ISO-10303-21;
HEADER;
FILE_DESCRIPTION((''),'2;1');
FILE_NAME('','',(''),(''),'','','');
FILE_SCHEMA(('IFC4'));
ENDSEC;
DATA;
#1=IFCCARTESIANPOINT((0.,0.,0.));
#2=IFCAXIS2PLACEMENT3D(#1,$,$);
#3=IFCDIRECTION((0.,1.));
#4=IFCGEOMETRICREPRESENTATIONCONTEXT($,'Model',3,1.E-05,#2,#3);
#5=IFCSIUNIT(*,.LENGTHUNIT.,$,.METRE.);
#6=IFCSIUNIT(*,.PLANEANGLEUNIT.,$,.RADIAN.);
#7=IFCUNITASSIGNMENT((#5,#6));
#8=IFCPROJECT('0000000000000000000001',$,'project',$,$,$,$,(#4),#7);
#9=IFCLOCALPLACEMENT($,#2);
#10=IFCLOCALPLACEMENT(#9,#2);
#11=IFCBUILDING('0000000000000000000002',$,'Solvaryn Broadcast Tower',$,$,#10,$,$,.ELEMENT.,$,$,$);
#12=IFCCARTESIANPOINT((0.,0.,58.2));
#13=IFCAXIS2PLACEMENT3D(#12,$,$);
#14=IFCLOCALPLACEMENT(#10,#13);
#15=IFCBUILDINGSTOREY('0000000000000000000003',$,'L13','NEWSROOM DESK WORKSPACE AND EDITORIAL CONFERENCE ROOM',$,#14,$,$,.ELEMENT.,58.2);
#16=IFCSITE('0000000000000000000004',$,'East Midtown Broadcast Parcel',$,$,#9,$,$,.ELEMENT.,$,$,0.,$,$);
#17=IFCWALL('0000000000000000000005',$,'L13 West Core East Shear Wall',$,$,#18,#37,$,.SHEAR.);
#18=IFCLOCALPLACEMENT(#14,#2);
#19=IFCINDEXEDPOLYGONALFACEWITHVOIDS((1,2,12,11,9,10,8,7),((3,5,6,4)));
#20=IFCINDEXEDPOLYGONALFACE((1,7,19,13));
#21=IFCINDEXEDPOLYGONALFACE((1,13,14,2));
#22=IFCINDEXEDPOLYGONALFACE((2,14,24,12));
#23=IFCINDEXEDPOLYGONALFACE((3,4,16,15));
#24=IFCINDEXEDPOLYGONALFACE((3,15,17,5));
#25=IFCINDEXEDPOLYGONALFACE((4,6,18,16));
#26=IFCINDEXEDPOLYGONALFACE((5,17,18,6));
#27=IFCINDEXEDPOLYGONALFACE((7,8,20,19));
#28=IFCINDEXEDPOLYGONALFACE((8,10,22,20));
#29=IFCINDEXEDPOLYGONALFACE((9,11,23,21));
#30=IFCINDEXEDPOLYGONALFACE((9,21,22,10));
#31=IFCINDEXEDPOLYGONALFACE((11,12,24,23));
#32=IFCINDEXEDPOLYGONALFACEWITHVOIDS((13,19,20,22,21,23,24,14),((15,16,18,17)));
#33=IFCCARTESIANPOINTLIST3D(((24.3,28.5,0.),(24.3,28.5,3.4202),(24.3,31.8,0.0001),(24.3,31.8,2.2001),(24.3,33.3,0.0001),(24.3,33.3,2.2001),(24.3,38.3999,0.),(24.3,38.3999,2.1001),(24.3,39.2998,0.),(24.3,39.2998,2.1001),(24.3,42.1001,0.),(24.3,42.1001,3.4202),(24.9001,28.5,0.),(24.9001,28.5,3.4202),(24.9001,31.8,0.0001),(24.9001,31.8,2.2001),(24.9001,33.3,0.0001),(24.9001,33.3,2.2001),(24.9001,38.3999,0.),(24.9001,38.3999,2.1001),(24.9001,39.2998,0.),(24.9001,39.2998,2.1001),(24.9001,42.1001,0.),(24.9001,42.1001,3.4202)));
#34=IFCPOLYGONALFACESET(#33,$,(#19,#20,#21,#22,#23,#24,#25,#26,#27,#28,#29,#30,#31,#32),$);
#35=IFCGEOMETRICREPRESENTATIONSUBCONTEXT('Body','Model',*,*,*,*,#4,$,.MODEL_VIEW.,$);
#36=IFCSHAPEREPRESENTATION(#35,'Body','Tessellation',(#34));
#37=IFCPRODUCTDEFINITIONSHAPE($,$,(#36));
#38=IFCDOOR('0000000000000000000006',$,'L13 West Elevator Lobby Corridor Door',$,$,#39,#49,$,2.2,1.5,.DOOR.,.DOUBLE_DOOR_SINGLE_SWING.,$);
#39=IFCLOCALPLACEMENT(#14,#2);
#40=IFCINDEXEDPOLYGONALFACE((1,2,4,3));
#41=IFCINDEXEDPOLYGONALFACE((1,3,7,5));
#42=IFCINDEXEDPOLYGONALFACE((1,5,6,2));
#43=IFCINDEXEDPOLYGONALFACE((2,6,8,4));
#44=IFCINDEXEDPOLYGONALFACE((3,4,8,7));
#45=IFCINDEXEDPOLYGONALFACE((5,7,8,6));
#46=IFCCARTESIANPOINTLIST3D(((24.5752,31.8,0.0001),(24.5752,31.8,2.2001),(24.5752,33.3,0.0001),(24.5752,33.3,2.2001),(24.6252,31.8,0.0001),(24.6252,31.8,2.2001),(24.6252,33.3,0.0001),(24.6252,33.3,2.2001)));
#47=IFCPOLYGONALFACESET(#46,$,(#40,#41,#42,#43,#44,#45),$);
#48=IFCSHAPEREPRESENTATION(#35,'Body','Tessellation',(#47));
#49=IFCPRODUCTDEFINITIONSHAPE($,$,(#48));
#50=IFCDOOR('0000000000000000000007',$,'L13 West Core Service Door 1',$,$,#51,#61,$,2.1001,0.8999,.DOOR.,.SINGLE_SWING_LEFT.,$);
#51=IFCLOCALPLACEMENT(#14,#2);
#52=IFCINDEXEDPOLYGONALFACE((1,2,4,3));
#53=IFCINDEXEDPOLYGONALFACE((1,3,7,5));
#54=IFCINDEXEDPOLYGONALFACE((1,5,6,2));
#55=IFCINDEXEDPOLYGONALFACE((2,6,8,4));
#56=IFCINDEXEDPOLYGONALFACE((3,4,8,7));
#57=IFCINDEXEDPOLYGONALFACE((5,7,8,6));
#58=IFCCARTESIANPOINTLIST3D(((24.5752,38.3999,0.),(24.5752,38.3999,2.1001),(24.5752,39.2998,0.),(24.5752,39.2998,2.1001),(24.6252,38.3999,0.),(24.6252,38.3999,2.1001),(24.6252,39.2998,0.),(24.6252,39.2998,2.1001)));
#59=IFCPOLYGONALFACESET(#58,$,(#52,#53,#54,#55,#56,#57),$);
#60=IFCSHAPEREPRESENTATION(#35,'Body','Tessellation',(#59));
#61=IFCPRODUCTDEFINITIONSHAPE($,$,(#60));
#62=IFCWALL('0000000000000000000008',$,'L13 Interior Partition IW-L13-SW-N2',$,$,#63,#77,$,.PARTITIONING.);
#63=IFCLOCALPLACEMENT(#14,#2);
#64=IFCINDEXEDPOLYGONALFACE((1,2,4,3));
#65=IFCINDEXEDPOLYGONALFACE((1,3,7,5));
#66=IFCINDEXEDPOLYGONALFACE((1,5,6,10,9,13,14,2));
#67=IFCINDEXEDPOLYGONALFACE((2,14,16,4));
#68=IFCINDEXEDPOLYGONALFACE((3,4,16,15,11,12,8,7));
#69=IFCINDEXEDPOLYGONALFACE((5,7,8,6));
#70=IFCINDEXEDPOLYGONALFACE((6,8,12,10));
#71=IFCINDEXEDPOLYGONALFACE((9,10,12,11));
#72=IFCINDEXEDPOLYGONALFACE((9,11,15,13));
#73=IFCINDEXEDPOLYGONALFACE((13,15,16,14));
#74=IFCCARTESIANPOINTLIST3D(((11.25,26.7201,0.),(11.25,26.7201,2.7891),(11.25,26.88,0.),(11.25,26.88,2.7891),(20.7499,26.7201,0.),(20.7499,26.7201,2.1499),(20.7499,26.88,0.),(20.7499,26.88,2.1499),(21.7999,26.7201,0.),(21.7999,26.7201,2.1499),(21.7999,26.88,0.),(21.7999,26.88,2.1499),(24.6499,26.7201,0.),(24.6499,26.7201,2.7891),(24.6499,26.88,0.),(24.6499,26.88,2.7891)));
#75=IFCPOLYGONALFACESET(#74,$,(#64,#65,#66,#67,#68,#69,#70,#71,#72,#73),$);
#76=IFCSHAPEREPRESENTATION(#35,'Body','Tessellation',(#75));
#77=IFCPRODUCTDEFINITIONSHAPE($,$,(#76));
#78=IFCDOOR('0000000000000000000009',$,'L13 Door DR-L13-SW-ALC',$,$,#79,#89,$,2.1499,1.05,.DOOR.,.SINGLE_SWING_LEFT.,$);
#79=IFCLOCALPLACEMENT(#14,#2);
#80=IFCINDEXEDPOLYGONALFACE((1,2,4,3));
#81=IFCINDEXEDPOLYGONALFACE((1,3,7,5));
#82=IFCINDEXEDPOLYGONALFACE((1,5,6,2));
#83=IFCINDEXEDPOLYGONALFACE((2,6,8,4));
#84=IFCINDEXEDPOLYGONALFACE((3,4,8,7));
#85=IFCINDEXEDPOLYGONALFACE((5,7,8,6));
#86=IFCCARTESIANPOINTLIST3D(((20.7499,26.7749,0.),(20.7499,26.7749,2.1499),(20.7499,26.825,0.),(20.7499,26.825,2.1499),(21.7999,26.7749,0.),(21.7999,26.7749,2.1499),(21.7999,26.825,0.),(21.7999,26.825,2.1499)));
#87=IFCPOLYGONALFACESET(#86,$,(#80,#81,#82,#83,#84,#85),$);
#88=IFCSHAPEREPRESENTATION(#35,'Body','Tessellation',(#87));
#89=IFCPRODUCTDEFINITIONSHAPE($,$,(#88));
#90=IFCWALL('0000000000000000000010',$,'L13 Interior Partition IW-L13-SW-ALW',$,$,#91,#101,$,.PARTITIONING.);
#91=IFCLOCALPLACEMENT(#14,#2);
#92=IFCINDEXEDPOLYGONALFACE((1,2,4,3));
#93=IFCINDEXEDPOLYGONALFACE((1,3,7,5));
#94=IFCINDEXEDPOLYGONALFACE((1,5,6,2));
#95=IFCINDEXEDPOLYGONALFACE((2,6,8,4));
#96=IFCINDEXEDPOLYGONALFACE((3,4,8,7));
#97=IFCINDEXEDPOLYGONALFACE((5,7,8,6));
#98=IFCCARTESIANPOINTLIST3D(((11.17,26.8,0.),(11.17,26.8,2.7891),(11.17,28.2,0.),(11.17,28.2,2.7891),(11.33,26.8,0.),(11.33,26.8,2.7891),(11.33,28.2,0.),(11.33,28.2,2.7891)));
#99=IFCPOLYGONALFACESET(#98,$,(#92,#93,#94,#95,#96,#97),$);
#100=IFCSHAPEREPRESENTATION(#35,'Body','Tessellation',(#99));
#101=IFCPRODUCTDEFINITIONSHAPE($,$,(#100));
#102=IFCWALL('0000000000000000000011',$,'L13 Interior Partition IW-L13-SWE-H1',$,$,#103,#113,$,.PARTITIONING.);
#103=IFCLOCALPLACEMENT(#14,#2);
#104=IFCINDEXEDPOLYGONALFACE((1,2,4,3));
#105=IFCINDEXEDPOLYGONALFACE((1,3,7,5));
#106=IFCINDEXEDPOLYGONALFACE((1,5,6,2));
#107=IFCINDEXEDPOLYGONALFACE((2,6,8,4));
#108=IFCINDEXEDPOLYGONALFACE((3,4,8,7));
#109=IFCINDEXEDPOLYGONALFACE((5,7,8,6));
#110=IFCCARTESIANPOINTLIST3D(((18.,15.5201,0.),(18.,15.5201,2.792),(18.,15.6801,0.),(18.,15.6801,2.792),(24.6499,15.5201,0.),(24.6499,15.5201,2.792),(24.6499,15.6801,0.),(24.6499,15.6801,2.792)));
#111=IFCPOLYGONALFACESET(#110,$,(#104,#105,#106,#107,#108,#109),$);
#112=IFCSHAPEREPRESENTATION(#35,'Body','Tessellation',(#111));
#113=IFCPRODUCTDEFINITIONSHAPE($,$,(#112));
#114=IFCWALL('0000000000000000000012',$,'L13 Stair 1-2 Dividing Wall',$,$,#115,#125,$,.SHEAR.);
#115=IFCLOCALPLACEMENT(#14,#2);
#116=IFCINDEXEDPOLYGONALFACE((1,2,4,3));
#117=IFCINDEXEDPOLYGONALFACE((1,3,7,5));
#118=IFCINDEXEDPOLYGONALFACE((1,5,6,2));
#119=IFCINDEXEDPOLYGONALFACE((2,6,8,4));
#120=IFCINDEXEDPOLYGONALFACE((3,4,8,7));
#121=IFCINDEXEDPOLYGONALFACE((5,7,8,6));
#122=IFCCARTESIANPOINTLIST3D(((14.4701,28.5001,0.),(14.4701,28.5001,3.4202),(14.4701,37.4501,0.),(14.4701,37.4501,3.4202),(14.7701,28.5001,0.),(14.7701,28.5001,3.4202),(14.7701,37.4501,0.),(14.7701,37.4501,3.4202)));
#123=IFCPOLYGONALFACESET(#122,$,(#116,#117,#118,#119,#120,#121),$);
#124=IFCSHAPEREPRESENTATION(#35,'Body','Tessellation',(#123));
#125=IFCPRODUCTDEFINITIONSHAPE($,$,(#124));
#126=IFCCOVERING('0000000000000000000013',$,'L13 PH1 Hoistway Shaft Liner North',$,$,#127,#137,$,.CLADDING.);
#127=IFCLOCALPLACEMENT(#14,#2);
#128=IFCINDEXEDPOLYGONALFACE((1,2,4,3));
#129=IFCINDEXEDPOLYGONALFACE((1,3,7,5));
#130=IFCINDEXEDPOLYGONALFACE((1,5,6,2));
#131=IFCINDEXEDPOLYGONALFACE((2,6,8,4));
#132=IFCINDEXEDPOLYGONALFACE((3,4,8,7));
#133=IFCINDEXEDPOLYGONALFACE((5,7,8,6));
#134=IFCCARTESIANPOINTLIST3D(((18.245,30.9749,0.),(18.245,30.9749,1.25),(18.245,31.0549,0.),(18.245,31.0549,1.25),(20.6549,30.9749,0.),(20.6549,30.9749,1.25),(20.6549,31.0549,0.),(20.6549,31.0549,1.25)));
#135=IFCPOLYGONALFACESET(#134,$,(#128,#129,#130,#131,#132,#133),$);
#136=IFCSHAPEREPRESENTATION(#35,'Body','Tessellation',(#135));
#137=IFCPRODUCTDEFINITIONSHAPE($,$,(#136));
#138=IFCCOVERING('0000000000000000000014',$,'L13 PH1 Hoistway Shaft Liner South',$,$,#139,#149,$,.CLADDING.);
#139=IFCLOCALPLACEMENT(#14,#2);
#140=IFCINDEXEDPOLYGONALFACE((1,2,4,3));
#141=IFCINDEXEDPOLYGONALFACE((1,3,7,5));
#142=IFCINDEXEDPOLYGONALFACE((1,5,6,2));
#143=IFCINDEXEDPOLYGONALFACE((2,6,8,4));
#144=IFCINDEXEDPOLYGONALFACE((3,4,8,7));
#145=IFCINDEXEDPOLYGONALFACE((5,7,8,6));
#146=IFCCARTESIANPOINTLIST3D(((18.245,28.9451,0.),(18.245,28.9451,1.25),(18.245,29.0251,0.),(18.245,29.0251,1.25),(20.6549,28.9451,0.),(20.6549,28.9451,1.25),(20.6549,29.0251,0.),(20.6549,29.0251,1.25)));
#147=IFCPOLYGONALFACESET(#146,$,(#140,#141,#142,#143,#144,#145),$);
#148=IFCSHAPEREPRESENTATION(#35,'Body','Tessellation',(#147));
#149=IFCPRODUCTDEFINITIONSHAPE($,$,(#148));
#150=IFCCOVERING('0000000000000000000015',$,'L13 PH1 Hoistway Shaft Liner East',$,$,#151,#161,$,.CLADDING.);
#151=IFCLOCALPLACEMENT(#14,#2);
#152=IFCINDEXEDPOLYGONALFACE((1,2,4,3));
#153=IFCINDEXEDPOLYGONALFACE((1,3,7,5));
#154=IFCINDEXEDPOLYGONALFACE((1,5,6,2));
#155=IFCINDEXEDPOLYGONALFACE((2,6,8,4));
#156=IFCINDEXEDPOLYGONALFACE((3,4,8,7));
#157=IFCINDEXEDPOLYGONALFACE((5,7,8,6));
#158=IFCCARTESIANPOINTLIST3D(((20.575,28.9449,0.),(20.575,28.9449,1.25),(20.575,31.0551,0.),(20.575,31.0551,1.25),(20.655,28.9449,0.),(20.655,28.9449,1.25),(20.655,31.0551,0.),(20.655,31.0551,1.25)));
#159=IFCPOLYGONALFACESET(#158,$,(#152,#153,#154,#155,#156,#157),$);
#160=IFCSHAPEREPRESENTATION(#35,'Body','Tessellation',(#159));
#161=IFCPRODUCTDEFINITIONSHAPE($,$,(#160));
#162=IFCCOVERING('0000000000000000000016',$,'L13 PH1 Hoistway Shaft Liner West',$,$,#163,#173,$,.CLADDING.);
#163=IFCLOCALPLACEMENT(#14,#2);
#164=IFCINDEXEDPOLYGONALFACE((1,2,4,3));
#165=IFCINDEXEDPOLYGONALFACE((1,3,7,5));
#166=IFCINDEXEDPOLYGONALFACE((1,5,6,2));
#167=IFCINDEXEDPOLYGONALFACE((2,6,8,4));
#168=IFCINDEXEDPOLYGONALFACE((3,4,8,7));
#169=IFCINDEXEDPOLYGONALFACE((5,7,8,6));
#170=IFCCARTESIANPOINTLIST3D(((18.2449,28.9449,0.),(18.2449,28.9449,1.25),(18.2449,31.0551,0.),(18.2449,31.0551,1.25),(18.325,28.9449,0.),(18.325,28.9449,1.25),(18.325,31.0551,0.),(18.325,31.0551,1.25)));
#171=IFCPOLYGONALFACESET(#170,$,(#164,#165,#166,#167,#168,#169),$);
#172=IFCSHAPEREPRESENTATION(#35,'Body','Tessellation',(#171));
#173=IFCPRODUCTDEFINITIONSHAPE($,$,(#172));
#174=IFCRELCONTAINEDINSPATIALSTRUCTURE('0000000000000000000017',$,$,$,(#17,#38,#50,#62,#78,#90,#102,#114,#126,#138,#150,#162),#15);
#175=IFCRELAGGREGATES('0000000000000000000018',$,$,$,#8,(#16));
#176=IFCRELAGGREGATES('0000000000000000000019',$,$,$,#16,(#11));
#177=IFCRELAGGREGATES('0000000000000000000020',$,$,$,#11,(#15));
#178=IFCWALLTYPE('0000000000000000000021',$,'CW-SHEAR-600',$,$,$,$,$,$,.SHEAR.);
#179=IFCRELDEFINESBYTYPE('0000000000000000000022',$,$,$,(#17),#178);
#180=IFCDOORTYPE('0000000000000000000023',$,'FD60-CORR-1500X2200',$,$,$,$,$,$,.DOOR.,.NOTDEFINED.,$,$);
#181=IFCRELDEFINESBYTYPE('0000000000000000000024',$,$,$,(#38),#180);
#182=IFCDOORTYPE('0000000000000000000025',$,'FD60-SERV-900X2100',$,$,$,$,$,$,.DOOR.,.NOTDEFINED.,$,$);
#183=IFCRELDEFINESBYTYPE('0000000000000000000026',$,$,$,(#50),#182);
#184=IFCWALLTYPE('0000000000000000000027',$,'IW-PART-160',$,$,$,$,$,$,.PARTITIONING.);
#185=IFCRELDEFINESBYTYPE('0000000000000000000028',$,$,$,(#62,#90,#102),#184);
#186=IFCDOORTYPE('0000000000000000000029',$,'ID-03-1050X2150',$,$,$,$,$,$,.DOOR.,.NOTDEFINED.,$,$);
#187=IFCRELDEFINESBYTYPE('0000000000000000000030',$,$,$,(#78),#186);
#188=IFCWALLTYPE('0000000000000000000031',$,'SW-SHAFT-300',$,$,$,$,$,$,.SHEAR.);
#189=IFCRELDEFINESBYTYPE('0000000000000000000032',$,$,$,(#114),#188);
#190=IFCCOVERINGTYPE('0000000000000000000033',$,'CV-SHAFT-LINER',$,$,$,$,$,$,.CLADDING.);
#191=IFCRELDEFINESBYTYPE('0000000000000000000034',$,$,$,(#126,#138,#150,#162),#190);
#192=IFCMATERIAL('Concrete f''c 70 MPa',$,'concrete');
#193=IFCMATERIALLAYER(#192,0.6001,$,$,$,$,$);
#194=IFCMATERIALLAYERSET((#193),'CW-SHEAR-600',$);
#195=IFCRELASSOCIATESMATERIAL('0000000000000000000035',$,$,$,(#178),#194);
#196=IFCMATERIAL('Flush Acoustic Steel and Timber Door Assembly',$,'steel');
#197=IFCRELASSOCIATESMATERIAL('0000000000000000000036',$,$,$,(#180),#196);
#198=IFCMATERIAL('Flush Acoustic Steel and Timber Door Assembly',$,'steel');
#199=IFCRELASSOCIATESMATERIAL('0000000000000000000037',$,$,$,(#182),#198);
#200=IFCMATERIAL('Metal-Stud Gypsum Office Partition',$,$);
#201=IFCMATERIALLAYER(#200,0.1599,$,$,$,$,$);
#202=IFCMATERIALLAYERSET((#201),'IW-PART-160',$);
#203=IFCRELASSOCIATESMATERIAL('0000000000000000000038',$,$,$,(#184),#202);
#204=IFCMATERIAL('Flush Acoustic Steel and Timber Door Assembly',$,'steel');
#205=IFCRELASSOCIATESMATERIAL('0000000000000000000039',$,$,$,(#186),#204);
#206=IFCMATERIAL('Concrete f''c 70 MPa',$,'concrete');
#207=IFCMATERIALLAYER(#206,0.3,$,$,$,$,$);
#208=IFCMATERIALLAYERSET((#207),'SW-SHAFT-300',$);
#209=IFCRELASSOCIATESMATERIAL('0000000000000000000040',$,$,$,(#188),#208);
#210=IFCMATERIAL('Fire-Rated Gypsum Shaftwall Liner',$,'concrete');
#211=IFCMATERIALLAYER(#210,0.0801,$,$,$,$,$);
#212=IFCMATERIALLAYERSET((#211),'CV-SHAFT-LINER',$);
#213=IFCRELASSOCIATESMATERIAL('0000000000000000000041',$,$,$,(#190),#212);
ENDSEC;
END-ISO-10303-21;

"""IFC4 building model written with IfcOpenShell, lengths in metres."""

from ifc_helpers import new_model, si_unit, direction, frame, frame_2d, origin, origin_2d, place, context, subcontext, project, spatial, rectangle, extrude, material, layer, layer_set, type_object, element, fill, save


model = new_model("IFC4")

# Units and contexts
model_context = context("Model", 3, precision=1e-05, world=origin(), true_north=direction((0.0, 1.0)))
body_context = subcontext(model_context, "Body", "Model", "MODEL_VIEW")
ifc_project = project(units=[si_unit("LENGTHUNIT", "METRE"), si_unit("PLANEANGLEUNIT", "RADIAN")], contexts=[model_context])

# Site, building, storey
site_placement = place(None, origin())
site = spatial("IfcSite", under=ifc_project, at=site_placement, Name="East Midtown Broadcast Parcel", CompositionType="ELEMENT", RefElevation=0.0)
building_placement = place(site_placement, origin())
building = spatial("IfcBuilding", under=site, at=building_placement, Name="Solvaryn Broadcast Tower", CompositionType="ELEMENT")
storey_placement = place(building_placement, frame((0.0, 0.0, 58.2)))
storey = spatial("IfcBuildingStorey", under=building, at=storey_placement, Name="L13", Description="NEWSROOM DESK WORKSPACE AND EDITORIAL CONFERENCE ROOM", CompositionType="ELEMENT", Elevation=58.2)

# Shared definitions
ifc_material_1 = material(Name="Concrete f'c 70 MPa", Category="concrete")
ifc_layer_1 = layer(ifc_material_1, 0.6001)
ifc_layer_set_1 = layer_set([ifc_layer_1], Name="CW-SHEAR-600")
wall_type_1 = type_object("IfcWallType", Name="CW-SHEAR-600", PredefinedType="SHEAR", material=ifc_layer_set_1)

# Wall, openings, doors
wall_1_placement = place(storey_placement, frame((24.6001, 28.5, 0.0), z_axis=(0.0, 0.0, 1.0), x_axis=(0.0, 1.0, 0.0)))
wall_1 = element("IfcWall", 1, at=wall_1_placement, inside=storey, type_object=wall_type_1, Name="L13 West Core East Shear Wall", PredefinedType="SHEAR", context=body_context, shape_type="SweptSolid", body=[
    extrude(rectangle(XDim=13.6001, YDim=0.6001, at=frame_2d((6.8, 0.0))), origin(), (0.0, 0.0, 1.0), 3.4202),
])
opening_1_placement = place(wall_1_placement, frame((3.3, 0.0, 0.0)))
opening_1 = element("IfcOpeningElement", 2, at=opening_1_placement, cuts=wall_1, PredefinedType="OPENING", context=body_context, shape_type="SweptSolid", body=[
    extrude(rectangle(XDim=1.5, YDim=2.2, at=frame_2d((0.75, 1.1001))), frame((0.0, 0.3101, 0.0), z_axis=(0.0, -1.0, 0.0), x_axis=(1.0, 0.0, 0.0)), (0.0, 0.0, 1.0), 0.6201),
])
opening_2_placement = place(wall_1_placement, frame((9.8999, 0.0, 0.0)))
opening_2 = element("IfcOpeningElement", 3, at=opening_2_placement, cuts=wall_1, PredefinedType="OPENING", context=body_context, shape_type="SweptSolid", body=[
    extrude(rectangle(XDim=0.8999, YDim=2.1001, at=frame_2d((0.45, 1.05))), frame((0.0, 0.3101, 0.0), z_axis=(0.0, -1.0, 0.0), x_axis=(1.0, 0.0, 0.0)), (0.0, 0.0, 1.0), 0.6201),
])
ifc_material_2 = material(Name="Flush Acoustic Steel and Timber Door Assembly", Category="steel")
door_type_1 = type_object("IfcDoorType", Name="FD60-CORR-1500X2200", OperationType="NOTDEFINED", PredefinedType="DOOR", material=ifc_material_2)
door_1_placement = place(opening_1_placement, origin())
door_1 = element("IfcDoor", 4, at=door_1_placement, inside=storey, type_object=door_type_1, Name="L13 West Elevator Lobby Corridor Door", OperationType="DOUBLE_DOOR_SINGLE_SWING", OverallHeight=2.2, OverallWidth=1.5, PredefinedType="DOOR", context=body_context, shape_type="SweptSolid", body=[
    extrude(rectangle(XDim=1.5, YDim=2.2, at=frame_2d((0.75, 1.1001))), frame((0.0, 0.0249, 0.0), z_axis=(0.0, -1.0, 0.0), x_axis=(1.0, 0.0, 0.0)), (0.0, 0.0, 1.0), 0.05),
])
fill(opening_1, door_1)
ifc_material_3 = material(Name="Flush Acoustic Steel and Timber Door Assembly", Category="steel")
door_type_2 = type_object("IfcDoorType", Name="FD60-SERV-900X2100", OperationType="NOTDEFINED", PredefinedType="DOOR", material=ifc_material_3)
door_2_placement = place(opening_2_placement, origin())
door_2 = element("IfcDoor", 5, at=door_2_placement, inside=storey, type_object=door_type_2, Name="L13 West Core Service Door 1", OperationType="SINGLE_SWING_LEFT", OverallHeight=2.1001, OverallWidth=0.8999, PredefinedType="DOOR", context=body_context, shape_type="SweptSolid", body=[
    extrude(rectangle(XDim=0.8999, YDim=2.1001, at=frame_2d((0.45, 1.05))), frame((0.0, 0.0249, 0.0), z_axis=(0.0, -1.0, 0.0), x_axis=(1.0, 0.0, 0.0)), (0.0, 0.0, 1.0), 0.05),
])
fill(opening_2, door_2)

# Wall, opening, door
ifc_material_4 = material(Name="Metal-Stud Gypsum Office Partition")
ifc_layer_2 = layer(ifc_material_4, 0.1599)
ifc_layer_set_2 = layer_set([ifc_layer_2], Name="IW-PART-160")
wall_type_2 = type_object("IfcWallType", Name="IW-PART-160", PredefinedType="PARTITIONING", material=ifc_layer_set_2)
wall_2_placement = place(storey_placement, frame((11.25, 26.8, 0.0), z_axis=(0.0, 0.0, 1.0), x_axis=(1.0, 0.0, 0.0)))
wall_2 = element("IfcWall", 6, at=wall_2_placement, inside=storey, type_object=wall_type_2, Name="L13 Interior Partition IW-L13-SW-N2", PredefinedType="PARTITIONING", context=body_context, shape_type="SweptSolid", body=[
    extrude(rectangle(XDim=13.3999, YDim=0.1599, at=frame_2d((6.7, 0.0))), origin(), (0.0, 0.0, 1.0), 2.7891),
])
opening_3_placement = place(wall_2_placement, frame((9.5, 0.0, 0.0)))
opening_3 = element("IfcOpeningElement", 7, at=opening_3_placement, cuts=wall_2, PredefinedType="OPENING", context=body_context, shape_type="SweptSolid", body=[
    extrude(rectangle(XDim=1.05, YDim=2.1499, at=frame_2d((0.5249, 1.075))), frame((0.0, 0.0901, 0.0), z_axis=(0.0, -1.0, 0.0), x_axis=(1.0, 0.0, 0.0)), (0.0, 0.0, 1.0), 0.1799),
])
ifc_material_5 = material(Name="Flush Acoustic Steel and Timber Door Assembly", Category="steel")
door_type_3 = type_object("IfcDoorType", Name="ID-03-1050X2150", OperationType="NOTDEFINED", PredefinedType="DOOR", material=ifc_material_5)
door_3_placement = place(opening_3_placement, origin())
door_3 = element("IfcDoor", 8, at=door_3_placement, inside=storey, type_object=door_type_3, Name="L13 Door DR-L13-SW-ALC", OperationType="SINGLE_SWING_LEFT", OverallHeight=2.1499, OverallWidth=1.05, PredefinedType="DOOR", context=body_context, shape_type="SweptSolid", body=[
    extrude(rectangle(XDim=1.05, YDim=2.1499, at=frame_2d((0.5249, 1.075))), frame((0.0, 0.0249, 0.0), z_axis=(0.0, -1.0, 0.0), x_axis=(1.0, 0.0, 0.0)), (0.0, 0.0, 1.0), 0.05),
])
fill(opening_3, door_3)

# Walls
wall_3_placement = place(storey_placement, frame((11.25, 26.8, 0.0), z_axis=(0.0, 0.0, 1.0), x_axis=(0.0, 1.0, 0.0)))
element("IfcWall", 9, at=wall_3_placement, inside=storey, type_object=wall_type_2, Name="L13 Interior Partition IW-L13-SW-ALW", PredefinedType="PARTITIONING", context=body_context, shape_type="SweptSolid", body=[
    extrude(rectangle(XDim=1.3999, YDim=0.1599, at=frame_2d((0.7, 0.0))), origin(), (0.0, 0.0, 1.0), 2.7891),
])
wall_4_placement = place(storey_placement, frame((18.0, 15.6001, 0.0), z_axis=(0.0, 0.0, 1.0), x_axis=(1.0, 0.0, 0.0)))
element("IfcWall", 10, at=wall_4_placement, inside=storey, type_object=wall_type_2, Name="L13 Interior Partition IW-L13-SWE-H1", PredefinedType="PARTITIONING", context=body_context, shape_type="SweptSolid", body=[
    extrude(rectangle(XDim=6.6499, YDim=0.1599, at=frame_2d((3.325, 0.0))), origin(), (0.0, 0.0, 1.0), 2.792),
])
ifc_material_6 = material(Name="Concrete f'c 70 MPa", Category="concrete")
ifc_layer_3 = layer(ifc_material_6, 0.3)
ifc_layer_set_3 = layer_set([ifc_layer_3], Name="SW-SHAFT-300")
wall_type_3 = type_object("IfcWallType", Name="SW-SHAFT-300", PredefinedType="SHEAR", material=ifc_layer_set_3)
wall_5_placement = place(storey_placement, frame((14.6201, 28.5, 0.0), z_axis=(0.0, 0.0, 1.0), x_axis=(0.0, 1.0, 0.0)))
element("IfcWall", 11, at=wall_5_placement, inside=storey, type_object=wall_type_3, Name="L13 Stair 1-2 Dividing Wall", PredefinedType="SHEAR", context=body_context, shape_type="SweptSolid", body=[
    extrude(rectangle(XDim=8.95, YDim=0.3, at=frame_2d((4.4751, 0.0))), origin(), (0.0, 0.0, 1.0), 3.4202),
])

# Coverings
ifc_material_7 = material(Name="Fire-Rated Gypsum Shaftwall Liner", Category="concrete")
ifc_layer_4 = layer(ifc_material_7, 0.0801)
ifc_layer_set_4 = layer_set([ifc_layer_4], Name="CV-SHAFT-LINER")
covering_type = type_object("IfcCoveringType", Name="CV-SHAFT-LINER", PredefinedType="CLADDING", material=ifc_layer_set_4)
for number, where, z_axis, x_axis, name in (
    (12, (19.45, 31.0149, 0.0), (0.0, 0.0, 1.0), (1.0, 0.0, 0.0), "L13 PH1 Hoistway Shaft Liner North"),
    (13, (19.45, 28.9851, 0.0), (0.0, 0.0, 1.0), (1.0, 0.0, 0.0), "L13 PH1 Hoistway Shaft Liner South"),
):
    element("IfcCovering", number, at=place(storey_placement, frame(where, z_axis=z_axis, x_axis=x_axis)), inside=storey, type_object=covering_type, Name=name, PredefinedType="CLADDING", context=body_context, shape_type="SweptSolid", body=[
        extrude(rectangle(XDim=2.4099, YDim=0.0801, at=origin_2d()), origin(), (0.0, 0.0, 1.0), 1.25),
    ])
for number, where, z_axis, x_axis, name in (
    (14, (20.615, 30.0, 0.0), (0.0, 0.0, 1.0), (1.0, 0.0, 0.0), "L13 PH1 Hoistway Shaft Liner East"),
    (15, (18.2849, 30.0, 0.0), (0.0, 0.0, 1.0), (1.0, 0.0, 0.0), "L13 PH1 Hoistway Shaft Liner West"),
):
    element("IfcCovering", number, at=place(storey_placement, frame(where, z_axis=z_axis, x_axis=x_axis)), inside=storey, type_object=covering_type, Name=name, PredefinedType="CLADDING", context=body_context, shape_type="SweptSolid", body=[
        extrude(rectangle(XDim=0.0801, YDim=2.1101, at=origin_2d()), origin(), (0.0, 0.0, 1.0), 1.25),
    ])

save(model, "model.ifc")
